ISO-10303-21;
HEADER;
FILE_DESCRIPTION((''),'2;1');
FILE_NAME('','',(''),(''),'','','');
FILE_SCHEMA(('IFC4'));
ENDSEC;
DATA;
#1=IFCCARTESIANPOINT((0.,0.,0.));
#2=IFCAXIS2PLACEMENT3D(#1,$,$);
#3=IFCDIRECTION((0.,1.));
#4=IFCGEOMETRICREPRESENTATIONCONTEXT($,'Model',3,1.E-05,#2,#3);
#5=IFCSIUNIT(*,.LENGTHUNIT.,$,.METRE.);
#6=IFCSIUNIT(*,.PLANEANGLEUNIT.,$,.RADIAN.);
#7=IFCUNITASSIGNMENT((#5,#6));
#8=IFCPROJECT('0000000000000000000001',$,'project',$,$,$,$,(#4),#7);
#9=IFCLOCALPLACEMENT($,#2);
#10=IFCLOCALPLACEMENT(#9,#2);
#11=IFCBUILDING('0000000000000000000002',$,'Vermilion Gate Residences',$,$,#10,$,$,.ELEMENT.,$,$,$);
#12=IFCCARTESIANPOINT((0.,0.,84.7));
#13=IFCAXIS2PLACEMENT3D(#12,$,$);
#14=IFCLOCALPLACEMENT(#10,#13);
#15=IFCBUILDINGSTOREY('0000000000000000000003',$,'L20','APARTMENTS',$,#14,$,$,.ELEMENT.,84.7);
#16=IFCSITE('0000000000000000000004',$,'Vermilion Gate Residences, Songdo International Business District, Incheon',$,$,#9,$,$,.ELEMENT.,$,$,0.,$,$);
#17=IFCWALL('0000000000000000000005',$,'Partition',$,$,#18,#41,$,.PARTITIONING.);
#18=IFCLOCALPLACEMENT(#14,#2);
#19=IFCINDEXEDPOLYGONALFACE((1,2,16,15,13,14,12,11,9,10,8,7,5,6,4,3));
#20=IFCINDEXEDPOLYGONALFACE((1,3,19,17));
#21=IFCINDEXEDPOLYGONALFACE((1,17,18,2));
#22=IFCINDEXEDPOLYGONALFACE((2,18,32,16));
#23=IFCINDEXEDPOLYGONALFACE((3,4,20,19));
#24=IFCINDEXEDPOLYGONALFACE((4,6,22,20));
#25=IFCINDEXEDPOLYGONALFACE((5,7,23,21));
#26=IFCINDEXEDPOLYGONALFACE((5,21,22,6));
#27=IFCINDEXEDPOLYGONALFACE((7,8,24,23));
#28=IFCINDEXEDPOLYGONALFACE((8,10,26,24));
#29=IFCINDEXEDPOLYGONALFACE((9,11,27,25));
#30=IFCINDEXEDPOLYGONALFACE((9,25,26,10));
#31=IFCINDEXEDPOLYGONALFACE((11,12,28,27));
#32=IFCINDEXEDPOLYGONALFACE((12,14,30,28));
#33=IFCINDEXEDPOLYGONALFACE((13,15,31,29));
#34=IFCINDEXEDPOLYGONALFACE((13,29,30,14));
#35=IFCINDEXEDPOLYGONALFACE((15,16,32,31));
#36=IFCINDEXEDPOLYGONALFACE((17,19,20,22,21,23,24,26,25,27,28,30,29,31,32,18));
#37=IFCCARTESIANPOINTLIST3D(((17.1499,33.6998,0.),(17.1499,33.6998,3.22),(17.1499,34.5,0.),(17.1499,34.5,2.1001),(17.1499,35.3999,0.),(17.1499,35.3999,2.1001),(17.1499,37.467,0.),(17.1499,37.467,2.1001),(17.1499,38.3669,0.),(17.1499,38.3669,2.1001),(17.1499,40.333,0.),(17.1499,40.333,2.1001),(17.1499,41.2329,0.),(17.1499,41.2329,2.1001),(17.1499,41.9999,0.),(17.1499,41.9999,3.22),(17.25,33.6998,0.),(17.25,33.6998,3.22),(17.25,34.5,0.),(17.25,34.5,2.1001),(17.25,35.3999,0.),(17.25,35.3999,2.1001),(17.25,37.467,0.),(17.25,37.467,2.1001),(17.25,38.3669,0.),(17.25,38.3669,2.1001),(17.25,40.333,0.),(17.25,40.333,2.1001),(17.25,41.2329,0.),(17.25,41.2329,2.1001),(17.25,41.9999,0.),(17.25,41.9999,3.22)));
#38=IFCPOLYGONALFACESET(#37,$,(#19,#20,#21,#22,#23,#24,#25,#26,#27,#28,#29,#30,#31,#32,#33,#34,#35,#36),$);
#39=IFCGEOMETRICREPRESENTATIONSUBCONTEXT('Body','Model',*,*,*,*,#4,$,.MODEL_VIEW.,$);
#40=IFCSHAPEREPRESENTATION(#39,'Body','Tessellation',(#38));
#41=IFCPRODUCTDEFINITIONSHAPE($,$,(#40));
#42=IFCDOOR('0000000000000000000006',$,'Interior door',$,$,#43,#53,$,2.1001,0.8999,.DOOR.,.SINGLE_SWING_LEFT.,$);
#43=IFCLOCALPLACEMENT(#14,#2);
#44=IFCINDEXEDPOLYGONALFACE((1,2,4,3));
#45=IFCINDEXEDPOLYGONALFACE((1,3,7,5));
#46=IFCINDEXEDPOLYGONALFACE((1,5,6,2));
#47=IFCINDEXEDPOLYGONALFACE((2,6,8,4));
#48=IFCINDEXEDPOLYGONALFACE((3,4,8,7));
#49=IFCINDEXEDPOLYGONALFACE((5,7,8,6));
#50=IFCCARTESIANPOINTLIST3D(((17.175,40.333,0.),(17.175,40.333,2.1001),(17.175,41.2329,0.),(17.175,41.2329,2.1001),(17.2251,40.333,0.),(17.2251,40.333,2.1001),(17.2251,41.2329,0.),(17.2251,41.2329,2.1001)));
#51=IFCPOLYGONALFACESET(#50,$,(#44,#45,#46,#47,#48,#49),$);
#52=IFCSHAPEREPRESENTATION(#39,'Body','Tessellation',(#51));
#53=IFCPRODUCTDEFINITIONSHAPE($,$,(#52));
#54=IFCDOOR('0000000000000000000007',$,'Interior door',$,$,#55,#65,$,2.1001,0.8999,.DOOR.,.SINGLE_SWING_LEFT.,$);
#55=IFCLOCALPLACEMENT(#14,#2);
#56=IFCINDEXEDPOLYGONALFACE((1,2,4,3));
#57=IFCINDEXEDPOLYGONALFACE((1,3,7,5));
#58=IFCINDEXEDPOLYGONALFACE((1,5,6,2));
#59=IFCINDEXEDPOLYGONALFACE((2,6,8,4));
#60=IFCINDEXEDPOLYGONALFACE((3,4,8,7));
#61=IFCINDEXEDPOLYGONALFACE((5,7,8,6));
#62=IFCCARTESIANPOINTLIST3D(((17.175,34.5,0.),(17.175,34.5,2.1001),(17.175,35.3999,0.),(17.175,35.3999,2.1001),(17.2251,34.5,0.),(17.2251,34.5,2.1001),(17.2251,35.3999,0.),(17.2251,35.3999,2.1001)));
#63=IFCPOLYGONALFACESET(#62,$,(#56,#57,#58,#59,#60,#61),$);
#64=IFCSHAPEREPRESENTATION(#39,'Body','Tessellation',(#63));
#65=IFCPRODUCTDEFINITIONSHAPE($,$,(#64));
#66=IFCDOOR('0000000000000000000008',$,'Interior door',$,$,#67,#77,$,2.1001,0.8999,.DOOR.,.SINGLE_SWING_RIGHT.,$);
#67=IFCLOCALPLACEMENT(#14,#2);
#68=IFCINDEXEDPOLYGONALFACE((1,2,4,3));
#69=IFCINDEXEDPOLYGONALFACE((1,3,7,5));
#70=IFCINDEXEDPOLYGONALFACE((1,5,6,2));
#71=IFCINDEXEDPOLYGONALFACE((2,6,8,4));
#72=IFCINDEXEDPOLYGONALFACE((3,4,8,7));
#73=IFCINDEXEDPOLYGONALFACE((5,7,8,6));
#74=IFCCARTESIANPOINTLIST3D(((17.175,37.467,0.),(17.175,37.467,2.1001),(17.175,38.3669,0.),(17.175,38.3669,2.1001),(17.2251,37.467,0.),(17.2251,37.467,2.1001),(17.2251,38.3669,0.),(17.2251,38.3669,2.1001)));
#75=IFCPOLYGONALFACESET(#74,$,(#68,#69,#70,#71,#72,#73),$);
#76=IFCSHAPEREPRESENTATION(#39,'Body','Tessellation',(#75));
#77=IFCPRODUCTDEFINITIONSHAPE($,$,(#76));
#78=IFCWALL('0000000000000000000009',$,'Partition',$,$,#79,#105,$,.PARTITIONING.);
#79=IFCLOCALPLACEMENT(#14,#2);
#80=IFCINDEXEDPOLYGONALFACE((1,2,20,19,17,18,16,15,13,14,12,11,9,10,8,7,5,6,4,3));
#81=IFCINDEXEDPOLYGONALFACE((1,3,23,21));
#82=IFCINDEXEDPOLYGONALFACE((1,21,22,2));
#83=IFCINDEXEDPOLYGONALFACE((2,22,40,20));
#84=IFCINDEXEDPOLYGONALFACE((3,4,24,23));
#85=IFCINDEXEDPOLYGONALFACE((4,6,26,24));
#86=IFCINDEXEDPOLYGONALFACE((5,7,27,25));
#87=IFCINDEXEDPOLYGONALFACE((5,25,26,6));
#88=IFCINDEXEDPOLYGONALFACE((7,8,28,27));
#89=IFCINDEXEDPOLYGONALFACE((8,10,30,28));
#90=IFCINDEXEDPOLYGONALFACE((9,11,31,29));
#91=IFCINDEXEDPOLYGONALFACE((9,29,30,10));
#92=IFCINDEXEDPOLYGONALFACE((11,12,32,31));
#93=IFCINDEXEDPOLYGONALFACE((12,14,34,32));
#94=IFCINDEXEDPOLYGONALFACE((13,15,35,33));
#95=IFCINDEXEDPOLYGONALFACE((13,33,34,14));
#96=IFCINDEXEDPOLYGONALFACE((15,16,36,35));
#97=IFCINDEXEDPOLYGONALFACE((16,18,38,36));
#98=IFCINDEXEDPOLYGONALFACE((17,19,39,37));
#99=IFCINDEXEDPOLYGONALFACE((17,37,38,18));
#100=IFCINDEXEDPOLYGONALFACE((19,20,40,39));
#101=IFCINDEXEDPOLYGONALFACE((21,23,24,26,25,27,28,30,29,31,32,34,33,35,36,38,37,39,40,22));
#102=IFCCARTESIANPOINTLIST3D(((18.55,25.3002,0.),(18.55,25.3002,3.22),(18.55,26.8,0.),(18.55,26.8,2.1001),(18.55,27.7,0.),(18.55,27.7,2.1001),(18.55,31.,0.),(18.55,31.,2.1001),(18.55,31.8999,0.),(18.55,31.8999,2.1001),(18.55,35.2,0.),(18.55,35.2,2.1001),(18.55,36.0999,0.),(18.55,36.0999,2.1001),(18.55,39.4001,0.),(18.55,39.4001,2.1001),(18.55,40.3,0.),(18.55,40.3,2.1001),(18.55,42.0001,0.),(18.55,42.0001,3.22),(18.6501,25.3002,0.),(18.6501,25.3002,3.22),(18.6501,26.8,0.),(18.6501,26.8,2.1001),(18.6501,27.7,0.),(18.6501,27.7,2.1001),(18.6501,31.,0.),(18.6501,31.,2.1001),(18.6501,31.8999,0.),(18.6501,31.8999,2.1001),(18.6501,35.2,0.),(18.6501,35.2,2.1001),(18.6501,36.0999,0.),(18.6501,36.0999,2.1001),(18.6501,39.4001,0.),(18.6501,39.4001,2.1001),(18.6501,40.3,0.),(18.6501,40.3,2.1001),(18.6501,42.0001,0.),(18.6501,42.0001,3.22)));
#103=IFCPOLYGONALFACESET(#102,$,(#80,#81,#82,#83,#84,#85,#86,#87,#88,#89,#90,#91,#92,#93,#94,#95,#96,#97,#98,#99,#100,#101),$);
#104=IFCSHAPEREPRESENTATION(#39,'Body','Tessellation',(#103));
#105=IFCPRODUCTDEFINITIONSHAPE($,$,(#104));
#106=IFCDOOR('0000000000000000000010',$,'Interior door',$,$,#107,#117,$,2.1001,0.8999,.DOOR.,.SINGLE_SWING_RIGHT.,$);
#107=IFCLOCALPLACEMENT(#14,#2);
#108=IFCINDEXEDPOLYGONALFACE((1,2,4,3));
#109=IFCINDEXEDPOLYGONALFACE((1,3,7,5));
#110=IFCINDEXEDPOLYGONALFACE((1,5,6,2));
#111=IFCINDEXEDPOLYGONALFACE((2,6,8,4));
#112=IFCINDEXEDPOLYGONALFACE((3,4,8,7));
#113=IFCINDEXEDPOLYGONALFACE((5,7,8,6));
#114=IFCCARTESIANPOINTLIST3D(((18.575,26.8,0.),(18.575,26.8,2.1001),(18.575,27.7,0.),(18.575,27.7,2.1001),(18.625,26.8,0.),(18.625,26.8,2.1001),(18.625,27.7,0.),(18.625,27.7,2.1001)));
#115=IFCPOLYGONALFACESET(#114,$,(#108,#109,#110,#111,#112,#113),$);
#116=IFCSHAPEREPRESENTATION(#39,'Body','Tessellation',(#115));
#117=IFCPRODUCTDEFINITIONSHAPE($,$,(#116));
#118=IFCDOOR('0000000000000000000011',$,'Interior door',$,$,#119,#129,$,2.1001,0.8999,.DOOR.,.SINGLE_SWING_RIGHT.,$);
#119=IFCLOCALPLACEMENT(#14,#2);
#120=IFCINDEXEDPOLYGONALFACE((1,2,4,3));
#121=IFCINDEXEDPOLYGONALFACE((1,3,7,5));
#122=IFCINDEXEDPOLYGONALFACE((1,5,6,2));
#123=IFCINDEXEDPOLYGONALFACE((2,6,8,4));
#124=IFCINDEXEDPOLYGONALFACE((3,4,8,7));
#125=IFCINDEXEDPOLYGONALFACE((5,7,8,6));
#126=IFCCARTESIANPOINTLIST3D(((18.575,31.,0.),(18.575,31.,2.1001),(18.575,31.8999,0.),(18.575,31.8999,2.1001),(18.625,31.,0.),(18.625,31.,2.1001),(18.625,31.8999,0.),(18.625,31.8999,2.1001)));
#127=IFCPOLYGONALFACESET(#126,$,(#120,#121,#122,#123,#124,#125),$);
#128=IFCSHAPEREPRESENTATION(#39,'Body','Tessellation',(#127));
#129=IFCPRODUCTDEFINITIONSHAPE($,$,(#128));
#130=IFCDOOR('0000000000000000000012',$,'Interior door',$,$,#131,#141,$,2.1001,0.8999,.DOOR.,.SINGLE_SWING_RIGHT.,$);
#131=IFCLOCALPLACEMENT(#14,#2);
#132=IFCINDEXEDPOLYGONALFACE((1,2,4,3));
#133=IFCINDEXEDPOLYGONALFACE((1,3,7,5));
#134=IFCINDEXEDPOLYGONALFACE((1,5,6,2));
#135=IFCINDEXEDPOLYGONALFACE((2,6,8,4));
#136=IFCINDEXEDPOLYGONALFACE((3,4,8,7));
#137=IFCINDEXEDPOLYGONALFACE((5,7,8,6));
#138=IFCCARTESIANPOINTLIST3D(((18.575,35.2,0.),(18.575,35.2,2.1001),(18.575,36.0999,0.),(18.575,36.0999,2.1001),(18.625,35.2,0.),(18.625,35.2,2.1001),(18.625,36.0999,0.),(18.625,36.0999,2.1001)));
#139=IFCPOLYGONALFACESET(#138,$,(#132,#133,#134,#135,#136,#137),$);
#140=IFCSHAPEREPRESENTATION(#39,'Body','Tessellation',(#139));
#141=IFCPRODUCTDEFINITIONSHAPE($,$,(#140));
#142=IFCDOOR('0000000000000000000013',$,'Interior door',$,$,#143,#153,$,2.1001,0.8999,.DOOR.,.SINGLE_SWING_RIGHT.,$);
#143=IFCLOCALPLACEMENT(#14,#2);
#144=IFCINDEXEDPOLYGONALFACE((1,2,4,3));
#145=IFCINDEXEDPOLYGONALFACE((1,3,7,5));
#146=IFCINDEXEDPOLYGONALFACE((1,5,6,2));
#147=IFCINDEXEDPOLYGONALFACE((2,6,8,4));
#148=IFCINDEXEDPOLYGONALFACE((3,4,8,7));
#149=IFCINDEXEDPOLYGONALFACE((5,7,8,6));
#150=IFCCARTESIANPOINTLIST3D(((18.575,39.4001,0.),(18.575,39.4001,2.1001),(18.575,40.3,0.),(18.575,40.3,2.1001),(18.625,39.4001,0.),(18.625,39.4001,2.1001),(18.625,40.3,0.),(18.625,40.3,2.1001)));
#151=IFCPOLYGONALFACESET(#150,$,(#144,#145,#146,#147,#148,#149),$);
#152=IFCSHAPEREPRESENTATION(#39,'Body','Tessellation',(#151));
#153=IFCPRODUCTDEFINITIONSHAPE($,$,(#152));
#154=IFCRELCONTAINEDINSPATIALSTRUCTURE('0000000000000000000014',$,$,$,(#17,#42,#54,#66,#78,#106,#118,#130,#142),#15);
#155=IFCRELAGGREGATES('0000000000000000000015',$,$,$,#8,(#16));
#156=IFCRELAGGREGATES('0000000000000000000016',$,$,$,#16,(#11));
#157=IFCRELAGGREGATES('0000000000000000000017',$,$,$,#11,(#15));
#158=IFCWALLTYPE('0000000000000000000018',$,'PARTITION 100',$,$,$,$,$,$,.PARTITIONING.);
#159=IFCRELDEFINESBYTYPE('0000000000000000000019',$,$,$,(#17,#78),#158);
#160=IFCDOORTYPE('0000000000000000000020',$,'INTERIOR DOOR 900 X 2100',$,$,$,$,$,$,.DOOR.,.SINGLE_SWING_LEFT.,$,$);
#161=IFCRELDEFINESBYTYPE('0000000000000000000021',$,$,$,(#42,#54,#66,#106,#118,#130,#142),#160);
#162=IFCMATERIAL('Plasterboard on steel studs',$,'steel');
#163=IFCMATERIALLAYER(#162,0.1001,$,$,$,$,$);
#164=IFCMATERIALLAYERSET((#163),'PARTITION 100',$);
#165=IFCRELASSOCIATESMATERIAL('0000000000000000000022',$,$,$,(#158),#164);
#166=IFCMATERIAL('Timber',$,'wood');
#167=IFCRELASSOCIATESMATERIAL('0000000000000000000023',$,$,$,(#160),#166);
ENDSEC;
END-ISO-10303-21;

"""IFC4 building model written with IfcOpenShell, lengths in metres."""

from ifc_helpers import new_model, si_unit, direction, frame, frame_2d, origin, place, context, subcontext, project, spatial, rectangle, extrude, material, layer, layer_set, type_object, element, fill, save


model = new_model("IFC4")

# Units and contexts
model_context = context("Model", 3, precision=1e-05, world=origin(), true_north=direction((0.0, 1.0)))
body_context = subcontext(model_context, "Body", "Model", "MODEL_VIEW")
ifc_project = project(units=[si_unit("LENGTHUNIT", "METRE"), si_unit("PLANEANGLEUNIT", "RADIAN")], contexts=[model_context])

# Site, building, storey
site_placement = place(None, origin())
site = spatial("IfcSite", under=ifc_project, at=site_placement, Name="Vermilion Gate Residences, Songdo International Business District, Incheon", CompositionType="ELEMENT", RefElevation=0.0)
building_placement = place(site_placement, origin())
building = spatial("IfcBuilding", under=site, at=building_placement, Name="Vermilion Gate Residences", CompositionType="ELEMENT")
storey_placement = place(building_placement, frame((0.0, 0.0, 84.7)))
storey = spatial("IfcBuildingStorey", under=building, at=storey_placement, Name="L20", Description="APARTMENTS", CompositionType="ELEMENT", Elevation=84.7)

# Shared definitions
ifc_material_1 = material(Name="Plasterboard on steel studs", Category="steel")
ifc_layer_1 = layer(ifc_material_1, 0.1001)
ifc_layer_set_1 = layer_set([ifc_layer_1], Name="PARTITION 100")
wall_type = type_object("IfcWallType", Name="PARTITION 100", PredefinedType="PARTITIONING", material=ifc_layer_set_1)

# Walls, openings, doors
ifc_material_2 = material(Name="Timber", Category="wood")
door_type = type_object("IfcDoorType", Name="INTERIOR DOOR 900 X 2100", OperationType="SINGLE_SWING_LEFT", PredefinedType="DOOR", material=ifc_material_2)
wall_1_placement = place(storey_placement, frame((17.2, 33.7, 0.0), z_axis=(0.0, 0.0, 1.0), x_axis=(0.0, 1.0, 0.0)))
wall_1 = element("IfcWall", 1, at=wall_1_placement, inside=storey, type_object=wall_type, Name="Partition", PredefinedType="PARTITIONING", context=body_context, shape_type="SweptSolid", body=[
    extrude(rectangle(XDim=8.3, YDim=0.1001, at=frame_2d((4.1499, 0.0))), origin(), (0.0, 0.0, 1.0), 3.22),
])
opening_1_placement = place(wall_1_placement, frame((6.6331, 0.0, 0.0)))
opening_1 = element("IfcOpeningElement", 2, at=opening_1_placement, cuts=wall_1, PredefinedType="OPENING", context=body_context, shape_type="SweptSolid", body=[
    extrude(rectangle(XDim=0.8999, YDim=2.1001, at=frame_2d((0.45, 1.05))), frame((0.0, 0.0601, 0.0), z_axis=(0.0, -1.0, 0.0), x_axis=(1.0, 0.0, 0.0)), (0.0, 0.0, 1.0), 0.1201),
])
opening_2_placement = place(wall_1_placement, frame((0.8, 0.0, 0.0)))
opening_2 = element("IfcOpeningElement", 3, at=opening_2_placement, cuts=wall_1, PredefinedType="OPENING", context=body_context, shape_type="SweptSolid", body=[
    extrude(rectangle(XDim=0.8999, YDim=2.1001, at=frame_2d((0.45, 1.05))), frame((0.0, 0.0601, 0.0), z_axis=(0.0, -1.0, 0.0), x_axis=(1.0, 0.0, 0.0)), (0.0, 0.0, 1.0), 0.1201),
])
opening_3_placement = place(wall_1_placement, frame((3.7671, 0.0, 0.0)))
opening_3 = element("IfcOpeningElement", 4, at=opening_3_placement, cuts=wall_1, PredefinedType="OPENING", context=body_context, shape_type="SweptSolid", body=[
    extrude(rectangle(XDim=0.8999, YDim=2.1001, at=frame_2d((0.45, 1.05))), frame((0.0, 0.0601, 0.0), z_axis=(0.0, -1.0, 0.0), x_axis=(1.0, 0.0, 0.0)), (0.0, 0.0, 1.0), 0.1201),
])
door_1_placement = place(opening_1_placement, origin())
door_1 = element("IfcDoor", 5, at=door_1_placement, inside=storey, type_object=door_type, Name="Interior door", OperationType="SINGLE_SWING_LEFT", OverallHeight=2.1001, OverallWidth=0.8999, PredefinedType="DOOR", context=body_context, shape_type="SweptSolid", body=[
    extrude(rectangle(XDim=0.8999, YDim=2.1001, at=frame_2d((0.45, 1.05))), frame((0.0, 0.0249, 0.0), z_axis=(0.0, -1.0, 0.0), x_axis=(1.0, 0.0, 0.0)), (0.0, 0.0, 1.0), 0.05),
])
fill(opening_1, door_1)
door_2_placement = place(opening_2_placement, origin())
door_2 = element("IfcDoor", 6, at=door_2_placement, inside=storey, type_object=door_type, Name="Interior door", OperationType="SINGLE_SWING_LEFT", OverallHeight=2.1001, OverallWidth=0.8999, PredefinedType="DOOR", context=body_context, shape_type="SweptSolid", body=[
    extrude(rectangle(XDim=0.8999, YDim=2.1001, at=frame_2d((0.45, 1.05))), frame((0.0, 0.0249, 0.0), z_axis=(0.0, -1.0, 0.0), x_axis=(1.0, 0.0, 0.0)), (0.0, 0.0, 1.0), 0.05),
])
fill(opening_2, door_2)
door_3_placement = place(opening_3_placement, origin())
door_3 = element("IfcDoor", 7, at=door_3_placement, inside=storey, type_object=door_type, Name="Interior door", OperationType="SINGLE_SWING_RIGHT", OverallHeight=2.1001, OverallWidth=0.8999, PredefinedType="DOOR", context=body_context, shape_type="SweptSolid", body=[
    extrude(rectangle(XDim=0.8999, YDim=2.1001, at=frame_2d((0.45, 1.05))), frame((0.0, 0.0249, 0.0), z_axis=(0.0, -1.0, 0.0), x_axis=(1.0, 0.0, 0.0)), (0.0, 0.0, 1.0), 0.05),
])
fill(opening_3, door_3)
wall_2_placement = place(storey_placement, frame((18.6001, 25.3, 0.0), z_axis=(0.0, 0.0, 1.0), x_axis=(0.0, 1.0, 0.0)))
wall_2 = element("IfcWall", 8, at=wall_2_placement, inside=storey, type_object=wall_type, Name="Partition", PredefinedType="PARTITIONING", context=body_context, shape_type="SweptSolid", body=[
    extrude(rectangle(XDim=16.7, YDim=0.1001, at=frame_2d((8.3501, 0.0))), origin(), (0.0, 0.0, 1.0), 3.22),
])
opening_4_placement = place(wall_2_placement, frame((1.5, 0.0, 0.0)))
opening_4 = element("IfcOpeningElement", 9, at=opening_4_placement, cuts=wall_2, PredefinedType="OPENING", context=body_context, shape_type="SweptSolid", body=[
    extrude(rectangle(XDim=0.8999, YDim=2.1001, at=frame_2d((0.45, 1.05))), frame((0.0, 0.0601, 0.0), z_axis=(0.0, -1.0, 0.0), x_axis=(1.0, 0.0, 0.0)), (0.0, 0.0, 1.0), 0.1201),
])
opening_5_placement = place(wall_2_placement, frame((5.7, 0.0, 0.0)))
opening_5 = element("IfcOpeningElement", 10, at=opening_5_placement, cuts=wall_2, PredefinedType="OPENING", context=body_context, shape_type="SweptSolid", body=[
    extrude(rectangle(XDim=0.8999, YDim=2.1001, at=frame_2d((0.45, 1.05))), frame((0.0, 0.0601, 0.0), z_axis=(0.0, -1.0, 0.0), x_axis=(1.0, 0.0, 0.0)), (0.0, 0.0, 1.0), 0.1201),
])
opening_6_placement = place(wall_2_placement, frame((9.8999, 0.0, 0.0)))
opening_6 = element("IfcOpeningElement", 11, at=opening_6_placement, cuts=wall_2, PredefinedType="OPENING", context=body_context, shape_type="SweptSolid", body=[
    extrude(rectangle(XDim=0.8999, YDim=2.1001, at=frame_2d((0.45, 1.05))), frame((0.0, 0.0601, 0.0), z_axis=(0.0, -1.0, 0.0), x_axis=(1.0, 0.0, 0.0)), (0.0, 0.0, 1.0), 0.1201),
])
opening_7_placement = place(wall_2_placement, frame((14.1001, 0.0, 0.0)))
opening_7 = element("IfcOpeningElement", 12, at=opening_7_placement, cuts=wall_2, PredefinedType="OPENING", context=body_context, shape_type="SweptSolid", body=[
    extrude(rectangle(XDim=0.8999, YDim=2.1001, at=frame_2d((0.45, 1.05))), frame((0.0, 0.0601, 0.0), z_axis=(0.0, -1.0, 0.0), x_axis=(1.0, 0.0, 0.0)), (0.0, 0.0, 1.0), 0.1201),
])
door_4_placement = place(opening_4_placement, frame((0.8999, 0.0, 0.0), z_axis=(0.0, 0.0, 1.0), x_axis=(-1.0, 0.0, 0.0)))
door_4 = element("IfcDoor", 13, at=door_4_placement, inside=storey, type_object=door_type, Name="Interior door", OperationType="SINGLE_SWING_RIGHT", OverallHeight=2.1001, OverallWidth=0.8999, PredefinedType="DOOR", context=body_context, shape_type="SweptSolid", body=[
    extrude(rectangle(XDim=0.8999, YDim=2.1001, at=frame_2d((0.45, 1.05))), frame((0.0, 0.0249, 0.0), z_axis=(0.0, -1.0, 0.0), x_axis=(1.0, 0.0, 0.0)), (0.0, 0.0, 1.0), 0.05),
])
fill(opening_4, door_4)
door_5_placement = place(opening_5_placement, frame((0.8999, 0.0, 0.0), z_axis=(0.0, 0.0, 1.0), x_axis=(-1.0, 0.0, 0.0)))
door_5 = element("IfcDoor", 14, at=door_5_placement, inside=storey, type_object=door_type, Name="Interior door", OperationType="SINGLE_SWING_RIGHT", OverallHeight=2.1001, OverallWidth=0.8999, PredefinedType="DOOR", context=body_context, shape_type="SweptSolid", body=[
    extrude(rectangle(XDim=0.8999, YDim=2.1001, at=frame_2d((0.45, 1.05))), frame((0.0, 0.0249, 0.0), z_axis=(0.0, -1.0, 0.0), x_axis=(1.0, 0.0, 0.0)), (0.0, 0.0, 1.0), 0.05),
])
fill(opening_5, door_5)
door_6_placement = place(opening_6_placement, frame((0.8999, 0.0, 0.0), z_axis=(0.0, 0.0, 1.0), x_axis=(-1.0, 0.0, 0.0)))
door_6 = element("IfcDoor", 15, at=door_6_placement, inside=storey, type_object=door_type, Name="Interior door", OperationType="SINGLE_SWING_RIGHT", OverallHeight=2.1001, OverallWidth=0.8999, PredefinedType="DOOR", context=body_context, shape_type="SweptSolid", body=[
    extrude(rectangle(XDim=0.8999, YDim=2.1001, at=frame_2d((0.45, 1.05))), frame((0.0, 0.0249, 0.0), z_axis=(0.0, -1.0, 0.0), x_axis=(1.0, 0.0, 0.0)), (0.0, 0.0, 1.0), 0.05),
])
fill(opening_6, door_6)
door_7_placement = place(opening_7_placement, frame((0.8999, 0.0, 0.0), z_axis=(0.0, 0.0, 1.0), x_axis=(-1.0, 0.0, 0.0)))
door_7 = element("IfcDoor", 16, at=door_7_placement, inside=storey, type_object=door_type, Name="Interior door", OperationType="SINGLE_SWING_RIGHT", OverallHeight=2.1001, OverallWidth=0.8999, PredefinedType="DOOR", context=body_context, shape_type="SweptSolid", body=[
    extrude(rectangle(XDim=0.8999, YDim=2.1001, at=frame_2d((0.45, 1.05))), frame((0.0, 0.0249, 0.0), z_axis=(0.0, -1.0, 0.0), x_axis=(1.0, 0.0, 0.0)), (0.0, 0.0, 1.0), 0.05),
])
fill(opening_7, door_7)

save(model, "model.ifc")
